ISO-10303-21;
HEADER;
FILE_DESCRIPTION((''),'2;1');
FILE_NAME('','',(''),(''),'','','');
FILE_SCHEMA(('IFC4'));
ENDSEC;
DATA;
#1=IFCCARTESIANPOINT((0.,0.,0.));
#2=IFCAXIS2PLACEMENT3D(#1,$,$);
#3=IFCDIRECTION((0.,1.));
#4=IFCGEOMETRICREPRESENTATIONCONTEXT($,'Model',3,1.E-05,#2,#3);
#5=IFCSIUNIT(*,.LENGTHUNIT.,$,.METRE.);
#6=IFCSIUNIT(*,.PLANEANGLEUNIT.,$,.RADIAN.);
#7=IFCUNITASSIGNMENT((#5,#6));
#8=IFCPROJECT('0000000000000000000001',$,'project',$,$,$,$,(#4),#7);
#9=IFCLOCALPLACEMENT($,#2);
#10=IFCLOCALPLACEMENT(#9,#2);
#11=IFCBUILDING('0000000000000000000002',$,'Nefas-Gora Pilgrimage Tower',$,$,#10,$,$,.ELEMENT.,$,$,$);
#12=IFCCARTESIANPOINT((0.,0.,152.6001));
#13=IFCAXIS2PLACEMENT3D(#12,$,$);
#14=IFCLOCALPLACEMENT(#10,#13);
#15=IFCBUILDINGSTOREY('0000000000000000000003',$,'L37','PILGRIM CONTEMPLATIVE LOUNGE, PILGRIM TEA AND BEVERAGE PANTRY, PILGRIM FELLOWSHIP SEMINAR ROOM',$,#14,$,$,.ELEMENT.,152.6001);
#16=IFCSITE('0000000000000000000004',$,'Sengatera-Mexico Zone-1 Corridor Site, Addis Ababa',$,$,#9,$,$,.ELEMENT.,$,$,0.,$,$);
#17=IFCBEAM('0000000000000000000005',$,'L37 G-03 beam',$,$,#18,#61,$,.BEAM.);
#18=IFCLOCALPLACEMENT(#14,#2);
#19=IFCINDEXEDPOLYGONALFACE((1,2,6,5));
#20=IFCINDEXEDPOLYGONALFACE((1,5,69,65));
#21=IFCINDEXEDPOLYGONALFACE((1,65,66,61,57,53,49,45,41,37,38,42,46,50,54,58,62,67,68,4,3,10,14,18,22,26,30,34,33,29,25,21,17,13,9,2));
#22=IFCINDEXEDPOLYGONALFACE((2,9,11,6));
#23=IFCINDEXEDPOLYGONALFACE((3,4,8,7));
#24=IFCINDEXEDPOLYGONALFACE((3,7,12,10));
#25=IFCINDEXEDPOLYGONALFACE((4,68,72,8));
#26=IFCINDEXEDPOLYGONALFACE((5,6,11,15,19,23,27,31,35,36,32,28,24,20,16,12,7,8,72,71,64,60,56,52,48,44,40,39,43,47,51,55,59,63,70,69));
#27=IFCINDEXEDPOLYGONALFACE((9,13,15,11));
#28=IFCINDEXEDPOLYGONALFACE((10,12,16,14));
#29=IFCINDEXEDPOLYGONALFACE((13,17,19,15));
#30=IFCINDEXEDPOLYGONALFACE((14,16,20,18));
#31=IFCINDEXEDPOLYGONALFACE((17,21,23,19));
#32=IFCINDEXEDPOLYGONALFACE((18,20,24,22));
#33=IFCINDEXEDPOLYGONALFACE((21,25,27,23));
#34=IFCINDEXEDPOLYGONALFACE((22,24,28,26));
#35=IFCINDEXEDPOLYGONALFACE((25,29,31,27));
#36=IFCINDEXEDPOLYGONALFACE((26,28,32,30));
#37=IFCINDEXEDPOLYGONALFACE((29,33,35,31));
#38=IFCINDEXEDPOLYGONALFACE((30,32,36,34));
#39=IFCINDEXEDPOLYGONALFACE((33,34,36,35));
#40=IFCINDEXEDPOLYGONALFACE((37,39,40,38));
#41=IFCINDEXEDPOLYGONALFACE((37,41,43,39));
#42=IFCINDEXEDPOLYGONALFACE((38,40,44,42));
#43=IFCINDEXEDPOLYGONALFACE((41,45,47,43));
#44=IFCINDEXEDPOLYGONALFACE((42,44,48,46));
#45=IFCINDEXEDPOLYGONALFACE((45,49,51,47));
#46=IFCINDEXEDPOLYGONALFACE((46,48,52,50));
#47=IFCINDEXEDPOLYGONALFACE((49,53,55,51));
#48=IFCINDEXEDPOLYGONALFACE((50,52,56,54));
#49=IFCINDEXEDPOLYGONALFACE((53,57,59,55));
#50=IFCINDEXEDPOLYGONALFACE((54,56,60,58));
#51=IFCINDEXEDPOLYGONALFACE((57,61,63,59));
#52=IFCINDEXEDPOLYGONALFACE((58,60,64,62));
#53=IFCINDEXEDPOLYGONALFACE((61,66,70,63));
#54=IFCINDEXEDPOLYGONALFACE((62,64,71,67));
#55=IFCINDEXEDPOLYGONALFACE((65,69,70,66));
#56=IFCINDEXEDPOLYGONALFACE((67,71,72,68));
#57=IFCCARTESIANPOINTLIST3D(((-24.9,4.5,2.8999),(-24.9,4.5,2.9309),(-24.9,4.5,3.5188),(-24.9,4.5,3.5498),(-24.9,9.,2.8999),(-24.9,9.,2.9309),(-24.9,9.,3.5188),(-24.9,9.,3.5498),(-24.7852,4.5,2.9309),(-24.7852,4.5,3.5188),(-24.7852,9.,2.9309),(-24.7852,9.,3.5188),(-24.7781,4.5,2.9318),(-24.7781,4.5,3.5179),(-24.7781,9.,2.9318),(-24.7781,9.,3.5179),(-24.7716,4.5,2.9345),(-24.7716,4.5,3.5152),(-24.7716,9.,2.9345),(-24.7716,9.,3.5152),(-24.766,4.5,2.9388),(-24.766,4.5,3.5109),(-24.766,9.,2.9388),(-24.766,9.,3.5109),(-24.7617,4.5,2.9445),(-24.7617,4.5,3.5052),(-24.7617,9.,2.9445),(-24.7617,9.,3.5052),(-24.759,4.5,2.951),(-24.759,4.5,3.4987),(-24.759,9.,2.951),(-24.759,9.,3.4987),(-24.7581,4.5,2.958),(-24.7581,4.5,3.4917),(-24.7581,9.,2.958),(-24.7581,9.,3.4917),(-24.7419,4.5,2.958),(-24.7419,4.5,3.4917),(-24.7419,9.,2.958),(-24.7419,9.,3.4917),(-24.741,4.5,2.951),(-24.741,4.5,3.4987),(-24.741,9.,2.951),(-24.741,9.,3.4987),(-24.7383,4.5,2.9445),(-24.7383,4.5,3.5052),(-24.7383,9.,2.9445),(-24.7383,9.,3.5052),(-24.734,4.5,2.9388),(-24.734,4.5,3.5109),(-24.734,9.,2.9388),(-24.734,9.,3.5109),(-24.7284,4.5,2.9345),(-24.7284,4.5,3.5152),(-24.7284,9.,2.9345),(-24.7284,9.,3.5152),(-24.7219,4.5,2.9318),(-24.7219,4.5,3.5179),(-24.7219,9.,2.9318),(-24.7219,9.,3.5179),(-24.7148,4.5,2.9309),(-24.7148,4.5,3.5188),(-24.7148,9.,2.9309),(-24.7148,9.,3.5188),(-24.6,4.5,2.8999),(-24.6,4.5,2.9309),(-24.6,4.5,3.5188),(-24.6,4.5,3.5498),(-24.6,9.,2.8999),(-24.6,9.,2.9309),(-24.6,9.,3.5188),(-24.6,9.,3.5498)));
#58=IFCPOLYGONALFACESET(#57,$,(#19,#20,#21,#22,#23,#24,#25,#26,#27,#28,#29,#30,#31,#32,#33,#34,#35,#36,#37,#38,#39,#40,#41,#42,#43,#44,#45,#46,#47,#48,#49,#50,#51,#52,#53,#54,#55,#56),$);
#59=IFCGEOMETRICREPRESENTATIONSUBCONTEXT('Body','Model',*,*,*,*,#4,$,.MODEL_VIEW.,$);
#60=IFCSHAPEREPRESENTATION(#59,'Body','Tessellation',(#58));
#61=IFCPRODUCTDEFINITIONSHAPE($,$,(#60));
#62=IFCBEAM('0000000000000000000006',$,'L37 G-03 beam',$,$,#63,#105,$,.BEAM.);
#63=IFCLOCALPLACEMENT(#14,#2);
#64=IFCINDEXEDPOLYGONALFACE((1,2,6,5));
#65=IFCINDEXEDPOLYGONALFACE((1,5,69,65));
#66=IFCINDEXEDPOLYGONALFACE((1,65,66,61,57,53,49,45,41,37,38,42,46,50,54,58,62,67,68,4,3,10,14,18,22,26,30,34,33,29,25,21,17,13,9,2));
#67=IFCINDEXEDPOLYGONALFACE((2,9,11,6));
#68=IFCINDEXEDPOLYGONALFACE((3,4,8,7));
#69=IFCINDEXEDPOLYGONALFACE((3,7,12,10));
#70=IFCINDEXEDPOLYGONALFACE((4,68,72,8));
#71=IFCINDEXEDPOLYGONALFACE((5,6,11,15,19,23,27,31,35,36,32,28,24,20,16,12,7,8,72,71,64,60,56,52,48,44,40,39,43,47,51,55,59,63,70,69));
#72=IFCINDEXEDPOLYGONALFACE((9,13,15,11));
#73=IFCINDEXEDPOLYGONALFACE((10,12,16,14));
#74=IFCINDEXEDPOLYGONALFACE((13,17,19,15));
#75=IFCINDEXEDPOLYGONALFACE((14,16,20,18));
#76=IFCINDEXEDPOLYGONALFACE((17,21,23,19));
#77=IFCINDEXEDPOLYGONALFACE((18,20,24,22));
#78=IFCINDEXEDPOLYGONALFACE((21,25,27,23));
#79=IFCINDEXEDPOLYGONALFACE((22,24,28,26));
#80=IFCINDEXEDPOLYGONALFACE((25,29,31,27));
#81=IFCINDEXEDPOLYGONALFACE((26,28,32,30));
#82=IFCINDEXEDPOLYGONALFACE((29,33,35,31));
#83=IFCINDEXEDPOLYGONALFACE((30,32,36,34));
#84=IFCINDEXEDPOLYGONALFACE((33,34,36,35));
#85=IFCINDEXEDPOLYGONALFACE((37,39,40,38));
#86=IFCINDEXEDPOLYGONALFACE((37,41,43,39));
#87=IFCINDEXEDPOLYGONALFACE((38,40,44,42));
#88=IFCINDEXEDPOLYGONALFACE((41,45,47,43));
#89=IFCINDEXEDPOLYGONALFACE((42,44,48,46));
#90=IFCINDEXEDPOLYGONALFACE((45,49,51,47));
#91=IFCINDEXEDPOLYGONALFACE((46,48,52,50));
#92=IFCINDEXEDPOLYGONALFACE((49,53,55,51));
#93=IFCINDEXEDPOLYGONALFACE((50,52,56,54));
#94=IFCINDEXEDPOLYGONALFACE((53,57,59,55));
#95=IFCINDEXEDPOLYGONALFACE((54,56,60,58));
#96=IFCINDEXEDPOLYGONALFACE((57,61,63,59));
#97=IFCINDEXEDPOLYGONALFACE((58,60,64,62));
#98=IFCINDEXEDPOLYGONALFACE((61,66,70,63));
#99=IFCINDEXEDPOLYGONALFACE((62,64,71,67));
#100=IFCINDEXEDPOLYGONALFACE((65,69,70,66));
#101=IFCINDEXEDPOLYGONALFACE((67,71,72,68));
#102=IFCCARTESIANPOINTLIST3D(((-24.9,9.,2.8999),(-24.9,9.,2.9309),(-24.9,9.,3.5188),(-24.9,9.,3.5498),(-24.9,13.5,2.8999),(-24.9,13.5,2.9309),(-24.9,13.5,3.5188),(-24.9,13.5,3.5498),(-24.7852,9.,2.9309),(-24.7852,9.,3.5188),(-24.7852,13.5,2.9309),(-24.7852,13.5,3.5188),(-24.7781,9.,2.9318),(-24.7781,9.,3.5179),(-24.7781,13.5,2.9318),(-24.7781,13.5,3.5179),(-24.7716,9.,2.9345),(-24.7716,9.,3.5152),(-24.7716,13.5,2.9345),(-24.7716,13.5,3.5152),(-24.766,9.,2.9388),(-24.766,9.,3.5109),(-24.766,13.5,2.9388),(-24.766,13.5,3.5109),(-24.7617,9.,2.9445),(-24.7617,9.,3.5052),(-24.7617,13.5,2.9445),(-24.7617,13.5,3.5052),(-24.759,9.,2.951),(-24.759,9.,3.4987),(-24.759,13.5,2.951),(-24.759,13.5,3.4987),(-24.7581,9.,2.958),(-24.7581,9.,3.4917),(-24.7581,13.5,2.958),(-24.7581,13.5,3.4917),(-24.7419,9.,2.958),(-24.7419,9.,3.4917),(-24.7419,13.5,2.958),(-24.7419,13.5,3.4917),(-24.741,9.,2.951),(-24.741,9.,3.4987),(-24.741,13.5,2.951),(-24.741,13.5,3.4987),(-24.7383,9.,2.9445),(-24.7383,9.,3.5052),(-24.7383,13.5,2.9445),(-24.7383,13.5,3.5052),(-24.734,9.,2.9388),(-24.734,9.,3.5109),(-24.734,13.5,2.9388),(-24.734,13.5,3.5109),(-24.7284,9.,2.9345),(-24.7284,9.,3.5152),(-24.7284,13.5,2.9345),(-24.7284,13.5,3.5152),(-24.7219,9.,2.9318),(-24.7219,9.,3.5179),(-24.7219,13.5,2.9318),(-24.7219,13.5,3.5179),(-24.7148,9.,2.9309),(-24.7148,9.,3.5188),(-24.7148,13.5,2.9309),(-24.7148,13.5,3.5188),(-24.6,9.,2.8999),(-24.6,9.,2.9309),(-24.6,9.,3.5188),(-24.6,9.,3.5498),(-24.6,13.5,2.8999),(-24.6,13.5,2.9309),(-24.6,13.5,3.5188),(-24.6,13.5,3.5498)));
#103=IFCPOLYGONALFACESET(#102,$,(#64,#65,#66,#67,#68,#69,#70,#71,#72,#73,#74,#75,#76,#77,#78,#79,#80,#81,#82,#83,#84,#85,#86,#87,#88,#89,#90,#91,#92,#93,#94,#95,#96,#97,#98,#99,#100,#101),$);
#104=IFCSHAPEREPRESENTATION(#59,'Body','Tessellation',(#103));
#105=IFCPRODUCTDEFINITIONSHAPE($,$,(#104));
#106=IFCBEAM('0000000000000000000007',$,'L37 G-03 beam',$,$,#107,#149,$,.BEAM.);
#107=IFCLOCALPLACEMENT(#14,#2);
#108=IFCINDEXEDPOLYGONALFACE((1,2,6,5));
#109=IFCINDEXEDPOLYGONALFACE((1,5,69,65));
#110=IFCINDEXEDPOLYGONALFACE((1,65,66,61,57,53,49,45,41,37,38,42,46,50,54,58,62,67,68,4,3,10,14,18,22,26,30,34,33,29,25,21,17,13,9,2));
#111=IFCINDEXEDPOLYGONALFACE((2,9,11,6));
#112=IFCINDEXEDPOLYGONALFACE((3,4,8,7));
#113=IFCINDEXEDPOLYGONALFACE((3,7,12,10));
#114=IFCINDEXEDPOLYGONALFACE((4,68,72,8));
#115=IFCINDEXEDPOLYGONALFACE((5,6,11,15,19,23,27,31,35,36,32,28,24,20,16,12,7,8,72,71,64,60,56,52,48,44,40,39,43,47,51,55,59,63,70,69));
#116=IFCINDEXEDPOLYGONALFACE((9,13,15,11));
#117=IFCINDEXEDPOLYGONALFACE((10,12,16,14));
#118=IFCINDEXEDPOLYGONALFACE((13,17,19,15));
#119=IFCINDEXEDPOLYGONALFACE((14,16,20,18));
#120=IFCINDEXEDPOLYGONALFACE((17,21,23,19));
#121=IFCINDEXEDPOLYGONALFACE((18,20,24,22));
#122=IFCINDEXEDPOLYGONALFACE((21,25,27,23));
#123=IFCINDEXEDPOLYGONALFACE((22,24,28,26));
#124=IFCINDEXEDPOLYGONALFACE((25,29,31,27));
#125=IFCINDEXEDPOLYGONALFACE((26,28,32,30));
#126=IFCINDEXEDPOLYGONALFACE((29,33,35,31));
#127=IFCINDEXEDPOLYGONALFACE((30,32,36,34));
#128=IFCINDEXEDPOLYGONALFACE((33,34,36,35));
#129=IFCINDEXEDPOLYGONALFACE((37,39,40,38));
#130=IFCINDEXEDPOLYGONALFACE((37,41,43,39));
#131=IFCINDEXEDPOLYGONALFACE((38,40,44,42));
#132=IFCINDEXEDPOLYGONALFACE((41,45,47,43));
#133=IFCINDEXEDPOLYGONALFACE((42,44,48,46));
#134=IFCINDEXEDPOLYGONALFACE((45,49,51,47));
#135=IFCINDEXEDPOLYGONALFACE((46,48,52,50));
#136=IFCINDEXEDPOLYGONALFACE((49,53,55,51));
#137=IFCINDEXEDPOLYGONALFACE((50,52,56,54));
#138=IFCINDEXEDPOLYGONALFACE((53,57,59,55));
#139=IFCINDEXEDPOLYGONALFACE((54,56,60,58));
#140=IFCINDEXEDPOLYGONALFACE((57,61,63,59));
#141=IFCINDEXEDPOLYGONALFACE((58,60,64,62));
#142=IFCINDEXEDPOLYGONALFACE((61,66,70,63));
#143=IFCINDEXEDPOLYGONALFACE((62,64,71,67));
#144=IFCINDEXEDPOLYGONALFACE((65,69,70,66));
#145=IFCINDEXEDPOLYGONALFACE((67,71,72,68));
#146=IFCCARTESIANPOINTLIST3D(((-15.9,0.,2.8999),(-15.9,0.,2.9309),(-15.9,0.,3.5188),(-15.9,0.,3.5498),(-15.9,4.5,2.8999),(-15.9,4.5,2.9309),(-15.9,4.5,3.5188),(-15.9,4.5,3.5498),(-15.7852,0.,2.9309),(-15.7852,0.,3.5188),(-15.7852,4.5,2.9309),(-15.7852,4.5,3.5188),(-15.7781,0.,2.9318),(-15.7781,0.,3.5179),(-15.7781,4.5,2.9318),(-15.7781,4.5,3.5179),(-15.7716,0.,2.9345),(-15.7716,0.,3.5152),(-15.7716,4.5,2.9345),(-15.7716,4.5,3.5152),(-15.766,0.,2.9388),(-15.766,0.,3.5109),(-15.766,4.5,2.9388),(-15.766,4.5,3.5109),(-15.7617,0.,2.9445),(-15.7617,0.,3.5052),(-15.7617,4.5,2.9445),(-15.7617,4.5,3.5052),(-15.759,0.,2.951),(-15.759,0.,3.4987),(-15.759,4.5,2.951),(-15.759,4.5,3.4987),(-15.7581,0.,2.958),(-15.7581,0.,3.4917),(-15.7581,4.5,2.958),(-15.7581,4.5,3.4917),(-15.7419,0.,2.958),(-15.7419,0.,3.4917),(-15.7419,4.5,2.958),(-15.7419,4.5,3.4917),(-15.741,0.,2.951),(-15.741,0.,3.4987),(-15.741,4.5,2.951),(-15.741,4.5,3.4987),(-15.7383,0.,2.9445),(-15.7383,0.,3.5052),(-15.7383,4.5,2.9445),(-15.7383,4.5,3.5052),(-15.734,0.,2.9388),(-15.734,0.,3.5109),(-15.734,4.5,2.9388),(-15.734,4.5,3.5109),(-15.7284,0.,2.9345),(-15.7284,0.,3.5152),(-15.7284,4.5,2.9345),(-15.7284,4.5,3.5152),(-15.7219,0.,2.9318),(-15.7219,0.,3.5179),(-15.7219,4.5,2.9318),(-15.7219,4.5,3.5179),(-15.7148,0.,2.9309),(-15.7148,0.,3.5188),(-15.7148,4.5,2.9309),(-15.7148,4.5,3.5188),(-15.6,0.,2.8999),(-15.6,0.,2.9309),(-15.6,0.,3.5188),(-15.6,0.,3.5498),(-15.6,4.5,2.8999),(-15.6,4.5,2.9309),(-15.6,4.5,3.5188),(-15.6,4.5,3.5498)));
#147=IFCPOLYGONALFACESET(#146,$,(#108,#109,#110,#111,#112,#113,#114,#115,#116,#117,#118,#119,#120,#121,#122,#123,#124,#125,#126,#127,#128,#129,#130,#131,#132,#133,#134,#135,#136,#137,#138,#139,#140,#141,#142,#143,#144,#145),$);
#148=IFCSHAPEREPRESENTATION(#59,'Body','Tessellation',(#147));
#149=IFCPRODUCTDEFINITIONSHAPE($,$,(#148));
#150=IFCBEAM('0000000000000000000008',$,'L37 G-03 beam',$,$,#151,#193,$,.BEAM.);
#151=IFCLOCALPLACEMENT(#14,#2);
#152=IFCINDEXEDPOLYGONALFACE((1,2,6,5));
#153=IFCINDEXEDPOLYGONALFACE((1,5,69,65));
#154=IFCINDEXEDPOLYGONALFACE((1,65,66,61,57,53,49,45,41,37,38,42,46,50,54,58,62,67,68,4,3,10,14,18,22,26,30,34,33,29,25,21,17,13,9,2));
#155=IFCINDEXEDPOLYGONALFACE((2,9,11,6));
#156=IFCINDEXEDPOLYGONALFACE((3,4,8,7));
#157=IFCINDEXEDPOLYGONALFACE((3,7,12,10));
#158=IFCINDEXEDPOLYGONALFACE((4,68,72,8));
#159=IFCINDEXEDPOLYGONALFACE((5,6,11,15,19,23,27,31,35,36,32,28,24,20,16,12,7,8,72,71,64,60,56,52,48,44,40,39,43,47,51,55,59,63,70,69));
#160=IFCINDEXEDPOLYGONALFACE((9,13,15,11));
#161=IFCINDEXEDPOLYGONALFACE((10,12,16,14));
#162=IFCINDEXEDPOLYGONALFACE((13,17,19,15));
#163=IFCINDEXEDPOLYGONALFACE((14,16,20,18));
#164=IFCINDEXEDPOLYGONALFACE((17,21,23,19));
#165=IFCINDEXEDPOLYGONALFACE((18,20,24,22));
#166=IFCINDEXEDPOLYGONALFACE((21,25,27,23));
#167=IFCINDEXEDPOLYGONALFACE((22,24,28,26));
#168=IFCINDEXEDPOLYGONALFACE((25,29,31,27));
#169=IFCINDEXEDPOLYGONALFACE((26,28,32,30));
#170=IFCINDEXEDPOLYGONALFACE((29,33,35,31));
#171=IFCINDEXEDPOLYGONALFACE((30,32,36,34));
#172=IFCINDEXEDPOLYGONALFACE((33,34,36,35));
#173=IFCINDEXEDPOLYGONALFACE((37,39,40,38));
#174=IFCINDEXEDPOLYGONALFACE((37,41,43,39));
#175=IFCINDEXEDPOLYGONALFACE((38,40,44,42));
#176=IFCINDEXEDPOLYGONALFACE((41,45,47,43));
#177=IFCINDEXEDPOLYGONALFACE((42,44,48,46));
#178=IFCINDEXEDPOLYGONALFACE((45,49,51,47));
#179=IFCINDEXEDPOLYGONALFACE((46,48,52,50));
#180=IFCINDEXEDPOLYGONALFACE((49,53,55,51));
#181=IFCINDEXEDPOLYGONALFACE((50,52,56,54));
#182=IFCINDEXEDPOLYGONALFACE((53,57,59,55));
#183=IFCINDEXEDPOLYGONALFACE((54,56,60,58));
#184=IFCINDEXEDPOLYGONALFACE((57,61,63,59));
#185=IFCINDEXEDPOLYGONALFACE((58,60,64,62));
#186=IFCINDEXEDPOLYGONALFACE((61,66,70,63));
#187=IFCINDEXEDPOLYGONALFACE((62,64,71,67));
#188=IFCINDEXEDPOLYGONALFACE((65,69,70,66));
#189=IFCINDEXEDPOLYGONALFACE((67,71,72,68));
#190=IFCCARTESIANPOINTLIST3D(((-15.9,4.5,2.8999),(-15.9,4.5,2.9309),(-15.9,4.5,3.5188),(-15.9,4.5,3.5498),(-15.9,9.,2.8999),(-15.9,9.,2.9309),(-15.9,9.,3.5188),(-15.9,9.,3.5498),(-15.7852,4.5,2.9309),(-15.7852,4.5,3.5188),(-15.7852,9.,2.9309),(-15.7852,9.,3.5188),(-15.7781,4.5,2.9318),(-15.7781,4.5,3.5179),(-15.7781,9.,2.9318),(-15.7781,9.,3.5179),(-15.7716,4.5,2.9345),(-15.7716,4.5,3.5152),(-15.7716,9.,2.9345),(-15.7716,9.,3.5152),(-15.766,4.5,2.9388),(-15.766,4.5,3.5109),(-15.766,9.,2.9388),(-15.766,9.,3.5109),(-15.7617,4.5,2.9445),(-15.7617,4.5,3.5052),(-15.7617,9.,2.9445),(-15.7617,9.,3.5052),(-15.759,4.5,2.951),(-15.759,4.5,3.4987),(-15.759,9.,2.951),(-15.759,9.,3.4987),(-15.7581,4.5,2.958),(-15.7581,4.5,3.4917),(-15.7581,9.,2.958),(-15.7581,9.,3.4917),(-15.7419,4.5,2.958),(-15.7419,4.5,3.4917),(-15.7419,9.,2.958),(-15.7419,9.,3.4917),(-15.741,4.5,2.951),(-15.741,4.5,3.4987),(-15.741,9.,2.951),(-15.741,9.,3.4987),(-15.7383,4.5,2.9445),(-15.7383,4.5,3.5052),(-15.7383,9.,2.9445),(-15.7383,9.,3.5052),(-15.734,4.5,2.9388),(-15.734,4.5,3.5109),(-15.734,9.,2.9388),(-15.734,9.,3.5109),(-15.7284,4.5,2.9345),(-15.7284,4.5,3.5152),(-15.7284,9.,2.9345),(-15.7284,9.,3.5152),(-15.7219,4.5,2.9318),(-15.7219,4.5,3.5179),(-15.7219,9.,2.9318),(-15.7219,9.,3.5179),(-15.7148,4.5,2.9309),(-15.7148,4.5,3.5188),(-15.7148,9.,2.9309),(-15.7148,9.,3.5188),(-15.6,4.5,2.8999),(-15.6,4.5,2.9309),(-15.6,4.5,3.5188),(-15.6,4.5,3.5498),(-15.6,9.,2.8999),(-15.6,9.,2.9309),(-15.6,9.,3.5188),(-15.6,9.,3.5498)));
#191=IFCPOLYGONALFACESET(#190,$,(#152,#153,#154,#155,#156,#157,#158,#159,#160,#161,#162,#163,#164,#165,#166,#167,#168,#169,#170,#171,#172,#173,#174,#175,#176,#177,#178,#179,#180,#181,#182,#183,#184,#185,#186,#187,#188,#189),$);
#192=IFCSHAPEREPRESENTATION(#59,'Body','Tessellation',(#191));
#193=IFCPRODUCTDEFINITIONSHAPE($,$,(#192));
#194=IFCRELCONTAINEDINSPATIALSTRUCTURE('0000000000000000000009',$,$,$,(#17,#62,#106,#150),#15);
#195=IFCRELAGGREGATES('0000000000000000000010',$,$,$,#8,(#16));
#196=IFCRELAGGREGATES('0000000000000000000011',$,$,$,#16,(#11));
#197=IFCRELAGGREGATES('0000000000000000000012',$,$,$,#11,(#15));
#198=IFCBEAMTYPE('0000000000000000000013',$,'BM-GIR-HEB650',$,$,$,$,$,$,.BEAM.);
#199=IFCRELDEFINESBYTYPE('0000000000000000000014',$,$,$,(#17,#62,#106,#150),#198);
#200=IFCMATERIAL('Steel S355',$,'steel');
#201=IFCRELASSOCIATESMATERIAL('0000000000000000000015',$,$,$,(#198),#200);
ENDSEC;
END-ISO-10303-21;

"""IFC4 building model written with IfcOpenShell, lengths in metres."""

from ifc_helpers import new_model, si_unit, direction, frame, origin, origin_2d, place, context, subcontext, project, spatial, i_section, extrude, source, transform, mapped, material, material_profile, profile_set, type_object, element, save


model = new_model("IFC4")

# Units and contexts
model_context = context("Model", 3, precision=1e-05, world=origin(), true_north=direction((0.0, 1.0)))
body_context = subcontext(model_context, "Body", "Model", "MODEL_VIEW")
ifc_project = project(units=[si_unit("LENGTHUNIT", "METRE"), si_unit("PLANEANGLEUNIT", "RADIAN")], contexts=[model_context])

# Site, building, storey
site_placement = place(None, origin())
site = spatial("IfcSite", under=ifc_project, at=site_placement, Name="Sengatera-Mexico Zone-1 Corridor Site, Addis Ababa", CompositionType="ELEMENT", RefElevation=0.0)
building_placement = place(site_placement, origin())
building = spatial("IfcBuilding", under=site, at=building_placement, Name="Nefas-Gora Pilgrimage Tower", CompositionType="ELEMENT")
storey_placement = place(building_placement, frame((0.0, 0.0, 152.6001)))
storey = spatial("IfcBuildingStorey", under=building, at=storey_placement, Name="L37", Description="PILGRIM CONTEMPLATIVE LOUNGE, PILGRIM TEA AND BEVERAGE PANTRY, PILGRIM FELLOWSHIP SEMINAR ROOM", CompositionType="ELEMENT", Elevation=152.6001)

# Beams
ifc_material_1 = material(Name="Steel S355", Category="steel")
ifc_material_profile_1 = material_profile(ifc_material_1, i_section(OverallWidth=0.3, OverallDepth=0.6499, WebThickness=0.0161, FlangeThickness=0.031, FilletRadius=0.0271, at=origin_2d()), Name="HEB 650")
ifc_profile_set_1 = profile_set([ifc_material_profile_1], Name="Steel S355")
beam_type_1 = type_object("IfcBeamType", Name="BM-GIR-HEB650", PredefinedType="BEAM", material=ifc_profile_set_1)
shared_shape_1 = source(origin(), body_context, "Body", "SweptSolid", [
    extrude(i_section(OverallWidth=0.3, OverallDepth=0.6499, WebThickness=0.0161, FlangeThickness=0.031, FilletRadius=0.0271, at=origin_2d()), origin(), (0.0, 0.0, 1.0), 4.5),
])
for number, where, z_axis, x_axis, name in (
    (1, (-24.75, 4.5, 3.2249), (0.0, 1.0, 0.0), (-1.0, 0.0, 0.0), "L37 G-03 beam"),
    (2, (-24.75, 9.0, 3.2249), (0.0, 1.0, 0.0), (-1.0, 0.0, 0.0), "L37 G-03 beam"),
    (3, (-15.75, 0.0, 3.2249), (0.0, 1.0, 0.0), (-1.0, 0.0, 0.0), "L37 G-03 beam"),
    (4, (-15.75, 4.5, 3.2249), (0.0, 1.0, 0.0), (-1.0, 0.0, 0.0), "L37 G-03 beam"),
):
    element("IfcBeam", number, at=place(storey_placement, frame(where, z_axis=z_axis, x_axis=x_axis)), inside=storey, type_object=beam_type_1, Name=name, PredefinedType="BEAM", context=body_context, shape_type="MappedRepresentation", body=[
        mapped(shared_shape_1, transform((0.0, 0.0, 0.0), x_axis=(1.0, 0.0, 0.0), y_axis=(0.0, 1.0, 0.0), z_axis=(0.0, 0.0, 1.0), scale=1.0)),
    ])

save(model, "model.ifc")
